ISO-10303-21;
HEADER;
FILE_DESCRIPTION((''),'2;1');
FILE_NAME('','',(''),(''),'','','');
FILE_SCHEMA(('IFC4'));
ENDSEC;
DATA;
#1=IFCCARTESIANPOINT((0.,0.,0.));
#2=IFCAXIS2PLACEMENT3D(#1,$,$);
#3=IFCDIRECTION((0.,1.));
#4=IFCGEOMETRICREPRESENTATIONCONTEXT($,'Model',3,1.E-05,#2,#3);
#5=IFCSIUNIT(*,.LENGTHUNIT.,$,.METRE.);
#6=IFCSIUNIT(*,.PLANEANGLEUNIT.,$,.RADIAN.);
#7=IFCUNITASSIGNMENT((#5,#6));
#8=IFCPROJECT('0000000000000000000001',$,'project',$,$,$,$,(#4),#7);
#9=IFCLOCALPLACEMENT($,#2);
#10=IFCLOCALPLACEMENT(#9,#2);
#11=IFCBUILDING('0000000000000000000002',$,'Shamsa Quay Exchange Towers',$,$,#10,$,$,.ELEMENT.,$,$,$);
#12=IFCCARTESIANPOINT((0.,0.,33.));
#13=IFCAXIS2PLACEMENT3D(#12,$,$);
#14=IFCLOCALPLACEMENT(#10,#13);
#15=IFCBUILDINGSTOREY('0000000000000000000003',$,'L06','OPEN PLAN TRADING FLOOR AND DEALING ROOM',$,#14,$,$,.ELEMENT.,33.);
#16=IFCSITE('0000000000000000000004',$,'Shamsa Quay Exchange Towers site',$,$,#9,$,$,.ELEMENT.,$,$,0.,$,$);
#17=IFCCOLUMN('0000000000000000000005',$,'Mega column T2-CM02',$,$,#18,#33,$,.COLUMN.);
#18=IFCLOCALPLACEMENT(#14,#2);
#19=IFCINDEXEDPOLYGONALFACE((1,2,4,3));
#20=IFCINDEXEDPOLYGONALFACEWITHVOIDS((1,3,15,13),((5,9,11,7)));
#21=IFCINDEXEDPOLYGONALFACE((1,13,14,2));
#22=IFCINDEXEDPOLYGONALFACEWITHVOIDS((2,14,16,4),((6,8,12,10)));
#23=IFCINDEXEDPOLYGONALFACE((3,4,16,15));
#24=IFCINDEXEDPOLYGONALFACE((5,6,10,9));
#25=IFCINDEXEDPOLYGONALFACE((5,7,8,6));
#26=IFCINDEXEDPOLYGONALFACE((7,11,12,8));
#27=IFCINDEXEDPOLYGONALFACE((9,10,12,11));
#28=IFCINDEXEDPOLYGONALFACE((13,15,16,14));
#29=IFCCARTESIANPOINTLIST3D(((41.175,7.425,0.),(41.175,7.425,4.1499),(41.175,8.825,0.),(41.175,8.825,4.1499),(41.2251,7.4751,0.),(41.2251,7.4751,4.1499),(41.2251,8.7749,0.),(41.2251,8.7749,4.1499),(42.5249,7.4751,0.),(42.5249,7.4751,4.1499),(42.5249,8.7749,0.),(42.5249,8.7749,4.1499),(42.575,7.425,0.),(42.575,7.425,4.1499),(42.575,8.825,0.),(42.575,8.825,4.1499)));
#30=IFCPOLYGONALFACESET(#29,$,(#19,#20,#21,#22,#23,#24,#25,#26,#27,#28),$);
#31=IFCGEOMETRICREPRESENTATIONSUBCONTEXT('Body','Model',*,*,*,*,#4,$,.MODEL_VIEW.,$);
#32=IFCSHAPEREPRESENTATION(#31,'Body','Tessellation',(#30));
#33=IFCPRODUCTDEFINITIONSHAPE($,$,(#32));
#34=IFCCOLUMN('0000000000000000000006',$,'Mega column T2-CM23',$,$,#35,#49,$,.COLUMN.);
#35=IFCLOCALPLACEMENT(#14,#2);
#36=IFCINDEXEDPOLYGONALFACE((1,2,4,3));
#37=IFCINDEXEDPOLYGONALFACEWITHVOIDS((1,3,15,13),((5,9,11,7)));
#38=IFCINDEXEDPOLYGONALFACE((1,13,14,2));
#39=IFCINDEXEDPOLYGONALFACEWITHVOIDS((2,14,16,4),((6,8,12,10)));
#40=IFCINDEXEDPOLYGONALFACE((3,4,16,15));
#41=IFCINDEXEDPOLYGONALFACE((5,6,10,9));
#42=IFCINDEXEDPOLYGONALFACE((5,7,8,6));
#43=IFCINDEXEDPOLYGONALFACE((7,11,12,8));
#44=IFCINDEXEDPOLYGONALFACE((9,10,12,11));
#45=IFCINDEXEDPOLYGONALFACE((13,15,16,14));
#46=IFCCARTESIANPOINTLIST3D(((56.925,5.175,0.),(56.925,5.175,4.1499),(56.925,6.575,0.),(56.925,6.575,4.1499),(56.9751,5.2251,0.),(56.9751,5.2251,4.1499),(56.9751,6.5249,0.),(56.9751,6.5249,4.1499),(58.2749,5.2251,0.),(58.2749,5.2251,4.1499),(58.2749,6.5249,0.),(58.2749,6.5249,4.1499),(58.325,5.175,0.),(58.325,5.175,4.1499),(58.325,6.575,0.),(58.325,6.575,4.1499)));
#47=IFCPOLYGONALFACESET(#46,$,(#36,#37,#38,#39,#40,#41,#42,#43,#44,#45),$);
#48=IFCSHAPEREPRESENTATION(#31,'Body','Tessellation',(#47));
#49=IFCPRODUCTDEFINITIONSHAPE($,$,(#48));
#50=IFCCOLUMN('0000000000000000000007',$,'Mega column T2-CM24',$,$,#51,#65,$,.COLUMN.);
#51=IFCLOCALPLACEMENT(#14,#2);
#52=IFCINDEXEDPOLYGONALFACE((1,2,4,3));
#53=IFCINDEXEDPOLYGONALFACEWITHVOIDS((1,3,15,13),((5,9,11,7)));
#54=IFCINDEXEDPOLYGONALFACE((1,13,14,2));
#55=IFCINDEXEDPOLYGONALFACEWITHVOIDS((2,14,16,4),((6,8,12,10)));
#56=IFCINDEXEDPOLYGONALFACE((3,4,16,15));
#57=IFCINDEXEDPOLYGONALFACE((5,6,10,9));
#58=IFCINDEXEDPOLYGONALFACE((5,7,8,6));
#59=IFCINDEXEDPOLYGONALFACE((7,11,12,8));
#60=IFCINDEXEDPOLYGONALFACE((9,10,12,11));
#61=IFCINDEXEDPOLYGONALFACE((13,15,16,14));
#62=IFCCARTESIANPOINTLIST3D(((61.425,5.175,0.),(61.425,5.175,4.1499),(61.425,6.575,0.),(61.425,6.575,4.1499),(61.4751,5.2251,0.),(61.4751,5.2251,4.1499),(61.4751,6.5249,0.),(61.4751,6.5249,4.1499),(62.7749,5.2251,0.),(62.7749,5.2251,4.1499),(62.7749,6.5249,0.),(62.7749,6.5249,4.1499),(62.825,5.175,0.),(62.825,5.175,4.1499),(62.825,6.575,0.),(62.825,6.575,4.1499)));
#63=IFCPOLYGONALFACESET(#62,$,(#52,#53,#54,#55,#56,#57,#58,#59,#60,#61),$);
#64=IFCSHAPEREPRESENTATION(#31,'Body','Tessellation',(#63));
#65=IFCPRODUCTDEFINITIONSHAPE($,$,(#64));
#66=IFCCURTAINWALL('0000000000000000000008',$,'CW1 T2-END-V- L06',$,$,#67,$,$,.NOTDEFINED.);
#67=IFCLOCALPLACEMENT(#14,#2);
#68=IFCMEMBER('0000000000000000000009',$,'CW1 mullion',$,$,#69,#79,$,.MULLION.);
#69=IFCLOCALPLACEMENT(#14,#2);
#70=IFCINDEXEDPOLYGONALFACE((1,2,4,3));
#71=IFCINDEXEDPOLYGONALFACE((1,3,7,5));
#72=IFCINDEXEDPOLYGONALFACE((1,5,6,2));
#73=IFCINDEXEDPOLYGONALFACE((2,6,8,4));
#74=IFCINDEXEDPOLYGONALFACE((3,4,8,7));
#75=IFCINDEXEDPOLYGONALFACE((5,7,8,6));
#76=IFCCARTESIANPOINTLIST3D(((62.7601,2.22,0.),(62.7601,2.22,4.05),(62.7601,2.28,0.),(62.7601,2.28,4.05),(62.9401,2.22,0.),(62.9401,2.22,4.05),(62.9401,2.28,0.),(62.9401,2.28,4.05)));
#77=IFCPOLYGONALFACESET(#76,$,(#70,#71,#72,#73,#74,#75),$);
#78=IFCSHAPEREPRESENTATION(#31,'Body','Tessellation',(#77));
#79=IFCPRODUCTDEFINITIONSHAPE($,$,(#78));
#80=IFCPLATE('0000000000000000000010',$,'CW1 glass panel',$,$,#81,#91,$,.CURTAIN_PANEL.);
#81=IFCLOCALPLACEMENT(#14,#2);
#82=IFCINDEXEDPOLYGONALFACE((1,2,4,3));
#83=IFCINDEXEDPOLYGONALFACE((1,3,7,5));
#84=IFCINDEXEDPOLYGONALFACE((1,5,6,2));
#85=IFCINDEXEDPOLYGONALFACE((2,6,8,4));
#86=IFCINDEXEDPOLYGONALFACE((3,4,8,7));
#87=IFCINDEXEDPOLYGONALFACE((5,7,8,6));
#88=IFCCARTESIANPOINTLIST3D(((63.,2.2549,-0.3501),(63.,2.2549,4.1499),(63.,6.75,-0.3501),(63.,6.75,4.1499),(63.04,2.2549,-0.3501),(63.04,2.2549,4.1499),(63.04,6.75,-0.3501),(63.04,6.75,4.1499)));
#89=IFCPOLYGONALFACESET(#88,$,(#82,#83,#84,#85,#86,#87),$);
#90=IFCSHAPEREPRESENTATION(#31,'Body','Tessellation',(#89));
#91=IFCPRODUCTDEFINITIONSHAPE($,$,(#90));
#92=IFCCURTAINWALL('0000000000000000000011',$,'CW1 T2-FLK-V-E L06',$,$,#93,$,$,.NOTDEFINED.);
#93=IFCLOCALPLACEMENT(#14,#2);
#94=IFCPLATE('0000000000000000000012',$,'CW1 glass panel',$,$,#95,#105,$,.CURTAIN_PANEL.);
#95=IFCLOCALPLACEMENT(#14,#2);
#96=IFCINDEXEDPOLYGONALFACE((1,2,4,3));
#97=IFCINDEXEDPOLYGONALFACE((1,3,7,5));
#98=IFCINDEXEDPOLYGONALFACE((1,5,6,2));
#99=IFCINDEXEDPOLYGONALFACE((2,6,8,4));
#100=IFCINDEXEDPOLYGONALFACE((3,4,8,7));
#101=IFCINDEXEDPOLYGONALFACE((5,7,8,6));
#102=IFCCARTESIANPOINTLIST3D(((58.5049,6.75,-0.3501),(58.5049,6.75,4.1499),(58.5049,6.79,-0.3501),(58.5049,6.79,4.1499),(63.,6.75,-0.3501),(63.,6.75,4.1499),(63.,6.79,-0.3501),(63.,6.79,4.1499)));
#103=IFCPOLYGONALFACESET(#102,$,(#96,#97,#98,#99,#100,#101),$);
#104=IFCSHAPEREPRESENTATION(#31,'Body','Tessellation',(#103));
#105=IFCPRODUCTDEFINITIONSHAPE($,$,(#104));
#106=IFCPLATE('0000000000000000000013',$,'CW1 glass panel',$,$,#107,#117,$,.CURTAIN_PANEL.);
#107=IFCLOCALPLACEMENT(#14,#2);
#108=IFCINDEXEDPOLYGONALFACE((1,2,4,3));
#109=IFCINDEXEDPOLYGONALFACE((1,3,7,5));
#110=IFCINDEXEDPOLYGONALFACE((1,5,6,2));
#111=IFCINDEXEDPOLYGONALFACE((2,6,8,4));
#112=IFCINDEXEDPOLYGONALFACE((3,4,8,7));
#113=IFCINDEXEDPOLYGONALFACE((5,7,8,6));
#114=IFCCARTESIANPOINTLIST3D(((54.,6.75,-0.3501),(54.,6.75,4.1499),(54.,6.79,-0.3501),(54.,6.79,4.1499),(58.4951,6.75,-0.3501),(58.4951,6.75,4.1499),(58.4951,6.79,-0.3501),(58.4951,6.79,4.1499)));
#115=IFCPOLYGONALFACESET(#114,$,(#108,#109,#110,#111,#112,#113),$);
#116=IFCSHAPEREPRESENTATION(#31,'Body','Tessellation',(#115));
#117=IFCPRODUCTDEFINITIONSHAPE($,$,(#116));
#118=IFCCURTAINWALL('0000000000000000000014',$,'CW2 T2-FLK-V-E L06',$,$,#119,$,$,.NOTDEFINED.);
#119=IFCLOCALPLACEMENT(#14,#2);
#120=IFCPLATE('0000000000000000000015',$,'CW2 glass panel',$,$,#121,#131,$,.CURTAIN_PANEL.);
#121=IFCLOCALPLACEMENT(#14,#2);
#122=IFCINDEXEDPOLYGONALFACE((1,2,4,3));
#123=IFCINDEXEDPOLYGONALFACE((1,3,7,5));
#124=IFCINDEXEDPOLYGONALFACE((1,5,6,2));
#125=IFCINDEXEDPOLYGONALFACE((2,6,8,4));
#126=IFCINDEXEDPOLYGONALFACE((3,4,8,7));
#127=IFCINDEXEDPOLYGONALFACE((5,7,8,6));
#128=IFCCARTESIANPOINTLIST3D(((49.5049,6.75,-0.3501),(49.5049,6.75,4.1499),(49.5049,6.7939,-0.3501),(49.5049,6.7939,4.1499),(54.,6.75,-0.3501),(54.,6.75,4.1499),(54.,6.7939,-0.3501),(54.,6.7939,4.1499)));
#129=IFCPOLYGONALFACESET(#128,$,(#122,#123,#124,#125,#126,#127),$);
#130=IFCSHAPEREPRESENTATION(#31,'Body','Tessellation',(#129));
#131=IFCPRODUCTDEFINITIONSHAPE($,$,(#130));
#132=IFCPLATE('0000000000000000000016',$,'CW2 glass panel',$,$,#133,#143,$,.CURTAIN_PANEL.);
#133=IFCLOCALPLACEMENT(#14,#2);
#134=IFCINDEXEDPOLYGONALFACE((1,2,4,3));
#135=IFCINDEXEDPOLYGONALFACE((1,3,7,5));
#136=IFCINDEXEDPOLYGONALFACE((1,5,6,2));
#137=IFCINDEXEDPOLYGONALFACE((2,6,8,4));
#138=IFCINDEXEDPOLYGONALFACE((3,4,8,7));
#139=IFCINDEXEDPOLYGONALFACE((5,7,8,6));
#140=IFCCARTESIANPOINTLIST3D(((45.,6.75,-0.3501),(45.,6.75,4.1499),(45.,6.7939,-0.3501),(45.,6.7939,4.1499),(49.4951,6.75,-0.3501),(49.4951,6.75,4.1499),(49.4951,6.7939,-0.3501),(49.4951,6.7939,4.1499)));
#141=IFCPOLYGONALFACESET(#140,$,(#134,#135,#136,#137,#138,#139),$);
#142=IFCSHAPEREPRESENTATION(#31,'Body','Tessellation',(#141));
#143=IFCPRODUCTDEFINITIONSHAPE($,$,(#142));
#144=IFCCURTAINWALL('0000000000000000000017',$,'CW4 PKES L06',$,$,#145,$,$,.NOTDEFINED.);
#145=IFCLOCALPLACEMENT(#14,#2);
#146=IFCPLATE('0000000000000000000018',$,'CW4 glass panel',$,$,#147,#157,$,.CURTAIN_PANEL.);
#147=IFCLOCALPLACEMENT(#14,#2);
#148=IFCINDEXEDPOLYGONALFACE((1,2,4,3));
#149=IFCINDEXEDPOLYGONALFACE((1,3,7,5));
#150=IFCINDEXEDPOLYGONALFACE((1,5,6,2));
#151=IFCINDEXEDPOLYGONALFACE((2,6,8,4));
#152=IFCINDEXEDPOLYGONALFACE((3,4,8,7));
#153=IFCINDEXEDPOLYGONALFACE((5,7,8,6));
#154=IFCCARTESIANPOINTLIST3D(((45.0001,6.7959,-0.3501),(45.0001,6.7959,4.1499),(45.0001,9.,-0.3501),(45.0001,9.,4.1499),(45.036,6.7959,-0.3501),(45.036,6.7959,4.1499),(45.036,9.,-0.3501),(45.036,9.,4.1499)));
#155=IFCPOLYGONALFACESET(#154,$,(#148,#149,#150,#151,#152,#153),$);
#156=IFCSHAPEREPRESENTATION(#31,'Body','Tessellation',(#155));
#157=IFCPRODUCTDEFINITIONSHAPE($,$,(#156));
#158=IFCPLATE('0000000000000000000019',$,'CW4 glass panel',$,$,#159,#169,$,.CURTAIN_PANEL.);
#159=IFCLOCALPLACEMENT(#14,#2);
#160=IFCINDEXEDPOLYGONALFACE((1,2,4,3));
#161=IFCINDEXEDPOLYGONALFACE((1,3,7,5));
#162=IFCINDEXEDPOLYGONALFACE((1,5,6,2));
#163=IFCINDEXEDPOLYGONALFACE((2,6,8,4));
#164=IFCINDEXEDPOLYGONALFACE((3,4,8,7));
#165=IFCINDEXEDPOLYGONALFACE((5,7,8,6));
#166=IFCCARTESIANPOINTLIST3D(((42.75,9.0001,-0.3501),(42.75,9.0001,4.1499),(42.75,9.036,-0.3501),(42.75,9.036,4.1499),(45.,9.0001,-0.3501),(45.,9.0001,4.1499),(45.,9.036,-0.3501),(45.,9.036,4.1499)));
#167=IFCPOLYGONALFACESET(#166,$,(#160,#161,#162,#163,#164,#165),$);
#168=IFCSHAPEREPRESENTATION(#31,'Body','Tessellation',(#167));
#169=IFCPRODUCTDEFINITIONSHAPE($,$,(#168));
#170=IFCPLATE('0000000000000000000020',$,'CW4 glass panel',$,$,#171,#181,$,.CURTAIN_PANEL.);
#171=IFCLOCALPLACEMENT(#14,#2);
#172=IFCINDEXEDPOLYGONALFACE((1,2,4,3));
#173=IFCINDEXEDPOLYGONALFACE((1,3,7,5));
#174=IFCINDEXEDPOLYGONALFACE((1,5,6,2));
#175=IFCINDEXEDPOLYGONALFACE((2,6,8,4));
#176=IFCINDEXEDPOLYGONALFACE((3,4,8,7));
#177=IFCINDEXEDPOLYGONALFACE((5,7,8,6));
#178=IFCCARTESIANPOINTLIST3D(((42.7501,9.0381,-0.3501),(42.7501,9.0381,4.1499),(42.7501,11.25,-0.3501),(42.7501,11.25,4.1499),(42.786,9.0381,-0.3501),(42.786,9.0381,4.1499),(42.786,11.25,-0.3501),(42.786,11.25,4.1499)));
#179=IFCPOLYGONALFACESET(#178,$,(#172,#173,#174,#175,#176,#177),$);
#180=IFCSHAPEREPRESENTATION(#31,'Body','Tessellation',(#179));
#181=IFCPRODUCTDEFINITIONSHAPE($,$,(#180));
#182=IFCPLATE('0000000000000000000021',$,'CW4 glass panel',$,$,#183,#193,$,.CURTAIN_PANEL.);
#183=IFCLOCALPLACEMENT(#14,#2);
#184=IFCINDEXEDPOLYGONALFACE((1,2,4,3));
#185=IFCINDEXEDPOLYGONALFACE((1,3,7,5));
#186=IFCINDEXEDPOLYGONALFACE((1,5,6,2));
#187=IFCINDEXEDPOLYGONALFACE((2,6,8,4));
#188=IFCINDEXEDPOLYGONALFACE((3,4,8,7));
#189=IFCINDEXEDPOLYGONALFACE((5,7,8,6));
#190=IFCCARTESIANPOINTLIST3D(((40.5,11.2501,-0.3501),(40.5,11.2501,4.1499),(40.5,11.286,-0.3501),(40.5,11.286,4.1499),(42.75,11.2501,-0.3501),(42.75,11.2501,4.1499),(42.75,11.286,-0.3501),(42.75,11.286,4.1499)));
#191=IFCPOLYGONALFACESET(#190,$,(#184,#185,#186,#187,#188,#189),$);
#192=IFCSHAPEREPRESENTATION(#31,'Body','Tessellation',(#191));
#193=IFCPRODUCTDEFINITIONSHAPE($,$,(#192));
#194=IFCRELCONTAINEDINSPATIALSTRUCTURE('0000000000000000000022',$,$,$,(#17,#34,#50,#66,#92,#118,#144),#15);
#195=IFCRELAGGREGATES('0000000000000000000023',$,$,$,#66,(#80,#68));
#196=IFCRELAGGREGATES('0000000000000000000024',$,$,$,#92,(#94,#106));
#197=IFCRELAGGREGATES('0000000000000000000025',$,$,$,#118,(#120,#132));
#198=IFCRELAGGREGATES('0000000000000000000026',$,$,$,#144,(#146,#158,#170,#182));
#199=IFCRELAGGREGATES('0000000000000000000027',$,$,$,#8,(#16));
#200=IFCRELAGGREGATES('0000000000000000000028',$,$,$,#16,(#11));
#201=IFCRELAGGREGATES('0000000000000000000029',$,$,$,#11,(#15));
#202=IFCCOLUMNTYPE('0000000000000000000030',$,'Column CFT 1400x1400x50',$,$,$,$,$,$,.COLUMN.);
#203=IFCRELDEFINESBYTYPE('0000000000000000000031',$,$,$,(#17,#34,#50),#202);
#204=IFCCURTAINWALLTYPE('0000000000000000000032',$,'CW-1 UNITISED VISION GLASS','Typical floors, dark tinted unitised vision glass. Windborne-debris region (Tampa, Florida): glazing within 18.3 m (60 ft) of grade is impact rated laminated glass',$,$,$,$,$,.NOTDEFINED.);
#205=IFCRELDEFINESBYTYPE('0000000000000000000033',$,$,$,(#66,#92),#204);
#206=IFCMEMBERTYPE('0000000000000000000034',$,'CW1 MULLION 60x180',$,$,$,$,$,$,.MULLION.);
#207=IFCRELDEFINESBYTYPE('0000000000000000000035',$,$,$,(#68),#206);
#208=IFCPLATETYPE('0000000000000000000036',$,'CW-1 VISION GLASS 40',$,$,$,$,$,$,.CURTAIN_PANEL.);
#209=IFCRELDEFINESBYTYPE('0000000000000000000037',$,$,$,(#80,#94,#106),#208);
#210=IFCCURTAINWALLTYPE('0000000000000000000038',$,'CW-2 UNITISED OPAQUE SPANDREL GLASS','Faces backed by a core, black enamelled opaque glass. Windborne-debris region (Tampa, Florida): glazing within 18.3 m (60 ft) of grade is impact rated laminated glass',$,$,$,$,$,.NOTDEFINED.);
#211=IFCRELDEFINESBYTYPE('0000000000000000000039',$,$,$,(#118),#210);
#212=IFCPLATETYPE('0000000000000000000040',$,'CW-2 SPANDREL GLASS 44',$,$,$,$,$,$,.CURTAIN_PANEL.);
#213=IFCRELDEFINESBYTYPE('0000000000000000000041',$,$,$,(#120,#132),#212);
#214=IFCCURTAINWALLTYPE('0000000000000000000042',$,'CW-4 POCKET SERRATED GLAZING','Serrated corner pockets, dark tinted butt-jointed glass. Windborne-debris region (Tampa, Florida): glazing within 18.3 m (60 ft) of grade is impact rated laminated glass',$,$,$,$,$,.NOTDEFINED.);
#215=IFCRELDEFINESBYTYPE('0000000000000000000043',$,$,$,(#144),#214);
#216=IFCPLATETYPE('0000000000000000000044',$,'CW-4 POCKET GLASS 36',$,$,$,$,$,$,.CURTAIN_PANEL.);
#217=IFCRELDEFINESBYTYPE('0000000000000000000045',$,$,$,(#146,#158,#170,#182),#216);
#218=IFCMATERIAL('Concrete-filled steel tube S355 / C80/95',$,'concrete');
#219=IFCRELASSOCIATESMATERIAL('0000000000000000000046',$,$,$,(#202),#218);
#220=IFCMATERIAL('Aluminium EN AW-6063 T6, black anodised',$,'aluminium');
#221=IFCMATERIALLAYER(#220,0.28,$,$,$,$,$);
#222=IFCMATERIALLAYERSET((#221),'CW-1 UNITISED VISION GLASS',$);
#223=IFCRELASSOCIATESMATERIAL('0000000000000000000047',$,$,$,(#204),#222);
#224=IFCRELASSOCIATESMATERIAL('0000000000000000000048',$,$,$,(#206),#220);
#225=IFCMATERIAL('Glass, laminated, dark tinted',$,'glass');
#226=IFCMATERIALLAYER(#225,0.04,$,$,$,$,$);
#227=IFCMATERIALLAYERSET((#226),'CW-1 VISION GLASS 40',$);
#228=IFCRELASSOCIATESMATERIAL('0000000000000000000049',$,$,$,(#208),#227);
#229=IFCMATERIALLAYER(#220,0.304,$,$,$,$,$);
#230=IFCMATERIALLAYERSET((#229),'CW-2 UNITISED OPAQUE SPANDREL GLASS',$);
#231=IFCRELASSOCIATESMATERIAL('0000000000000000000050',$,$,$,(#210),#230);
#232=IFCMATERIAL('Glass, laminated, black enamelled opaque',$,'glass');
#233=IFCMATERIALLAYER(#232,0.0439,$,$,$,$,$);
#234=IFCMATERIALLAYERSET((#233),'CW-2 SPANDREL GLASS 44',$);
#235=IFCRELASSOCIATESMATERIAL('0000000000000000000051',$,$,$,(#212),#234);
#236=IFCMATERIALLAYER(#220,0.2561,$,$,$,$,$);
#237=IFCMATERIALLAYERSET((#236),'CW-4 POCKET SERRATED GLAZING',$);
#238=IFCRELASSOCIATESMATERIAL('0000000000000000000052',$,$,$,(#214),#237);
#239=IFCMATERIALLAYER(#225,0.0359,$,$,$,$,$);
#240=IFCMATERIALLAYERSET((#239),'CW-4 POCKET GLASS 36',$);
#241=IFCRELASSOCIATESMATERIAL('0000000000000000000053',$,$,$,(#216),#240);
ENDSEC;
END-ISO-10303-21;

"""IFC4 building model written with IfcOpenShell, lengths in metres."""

from ifc_helpers import new_model, si_unit, direction, frame, origin, origin_2d, place, context, subcontext, project, spatial, rectangle, hollow_rectangle, extrude, material, layer, layer_set, material_profile, profile_set, type_object, element, aggregate, save


model = new_model("IFC4")

# Units and contexts
model_context = context("Model", 3, precision=1e-05, world=origin(), true_north=direction((0.0, 1.0)))
body_context = subcontext(model_context, "Body", "Model", "MODEL_VIEW")
ifc_project = project(units=[si_unit("LENGTHUNIT", "METRE"), si_unit("PLANEANGLEUNIT", "RADIAN")], contexts=[model_context])

# Site, building, storey
site_placement = place(None, origin())
site = spatial("IfcSite", under=ifc_project, at=site_placement, Name="Shamsa Quay Exchange Towers site", CompositionType="ELEMENT", RefElevation=0.0)
building_placement = place(site_placement, origin())
building = spatial("IfcBuilding", under=site, at=building_placement, Name="Shamsa Quay Exchange Towers", CompositionType="ELEMENT")
storey_placement = place(building_placement, frame((0.0, 0.0, 33.0)))
storey = spatial("IfcBuildingStorey", under=building, at=storey_placement, Name="L06", Description="OPEN PLAN TRADING FLOOR AND DEALING ROOM", CompositionType="ELEMENT", Elevation=33.0)

# Columns
ifc_material_1 = material(Name="Concrete-filled steel tube S355 / C80/95", Category="concrete")
ifc_material_profile_1 = material_profile(ifc_material_1, hollow_rectangle(XDim=1.3999, YDim=1.3999, WallThickness=0.05, at=origin_2d()), Name="CFT 1400x1400x50")
ifc_profile_set_1 = profile_set([ifc_material_profile_1], Name="Concrete-filled steel tube S355 / C80/95")
column_type = type_object("IfcColumnType", Name="Column CFT 1400x1400x50", PredefinedType="COLUMN", material=ifc_profile_set_1)
for number, where, name in (
    (1, (41.875, 8.125, 0.0), "Mega column T2-CM02"),
    (2, (57.625, 5.875, 0.0), "Mega column T2-CM23"),
    (3, (62.125, 5.875, 0.0), "Mega column T2-CM24"),
):
    element("IfcColumn", number, at=place(storey_placement, frame(where)), inside=storey, type_object=column_type, Name=name, PredefinedType="COLUMN", context=body_context, shape_type="SweptSolid", body=[
        extrude(hollow_rectangle(XDim=1.3999, YDim=1.3999, WallThickness=0.05, at=origin_2d()), origin(), (0.0, 0.0, 1.0), 4.1499),
    ])

# Curtain wall, member, plate
ifc_material_2 = material(Name="Aluminium EN AW-6063 T6, black anodised", Category="aluminium")
ifc_layer_1 = layer(ifc_material_2, 0.28)
ifc_layer_set_1 = layer_set([ifc_layer_1], Name="CW-1 UNITISED VISION GLASS")
curtain_wall_type_1 = type_object("IfcCurtainWallType", Name="CW-1 UNITISED VISION GLASS", Description="Typical floors, dark tinted unitised vision glass. Windborne-debris region (Tampa, Florida): glazing within 18.3 m (60 ft) of grade is impact rated laminated glass", PredefinedType="NOTDEFINED", material=ifc_layer_set_1)
curtain_wall_1_placement = place(storey_placement, origin())
curtain_wall_1 = element("IfcCurtainWall", 4, at=curtain_wall_1_placement, inside=storey, type_object=curtain_wall_type_1, Name="CW1 T2-END-V- L06", PredefinedType="NOTDEFINED")
ifc_material_profile_2 = material_profile(ifc_material_2, rectangle(XDim=0.1799, YDim=0.0601, at=origin_2d()), Name="MU60x180")
ifc_profile_set_2 = profile_set([ifc_material_profile_2], Name="Aluminium EN AW-6063 T6, black anodised")
member_type = type_object("IfcMemberType", Name="CW1 MULLION 60x180", PredefinedType="MULLION", material=ifc_profile_set_2)
member_placement = place(storey_placement, frame((62.8501, 2.25, 0.0), z_axis=(0.0, 0.0, 1.0), x_axis=(-1.0, 0.0, 0.0)))
member = element("IfcMember", 5, at=member_placement, type_object=member_type, Name="CW1 mullion", PredefinedType="MULLION", context=body_context, shape_type="SweptSolid", body=[
    extrude(rectangle(XDim=0.1799, YDim=0.0601, at=origin_2d()), origin(), (0.0, 0.0, 1.0), 4.05),
])
ifc_material_3 = material(Name="Glass, laminated, dark tinted", Category="glass")
ifc_layer_2 = layer(ifc_material_3, 0.04)
ifc_layer_set_2 = layer_set([ifc_layer_2], Name="CW-1 VISION GLASS 40")
plate_type_1 = type_object("IfcPlateType", Name="CW-1 VISION GLASS 40", PredefinedType="CURTAIN_PANEL", material=ifc_layer_set_2)
plate_1_placement = place(storey_placement, frame((63.02, 4.5024, -0.3501), z_axis=(0.0, 0.0, 1.0), x_axis=(0.0, 1.0, 0.0)))
plate_1 = element("IfcPlate", 6, at=plate_1_placement, type_object=plate_type_1, Name="CW1 glass panel", PredefinedType="CURTAIN_PANEL", context=body_context, shape_type="SweptSolid", body=[
    extrude(rectangle(XDim=4.4951, YDim=0.04, at=origin_2d()), origin(), (0.0, 0.0, 1.0), 4.5),
])
aggregate(curtain_wall_1, [plate_1, member])

# Curtain walls, plates
curtain_wall_2_placement = place(storey_placement, origin())
curtain_wall_2 = element("IfcCurtainWall", 7, at=curtain_wall_2_placement, inside=storey, type_object=curtain_wall_type_1, Name="CW1 T2-FLK-V-E L06", PredefinedType="NOTDEFINED")
plate_2_placement = place(storey_placement, frame((60.7524, 6.77, -0.3501), z_axis=(0.0, 0.0, 1.0), x_axis=(-1.0, 0.0, 0.0)))
plate_2 = element("IfcPlate", 8, at=plate_2_placement, type_object=plate_type_1, Name="CW1 glass panel", PredefinedType="CURTAIN_PANEL", context=body_context, shape_type="SweptSolid", body=[
    extrude(rectangle(XDim=4.4951, YDim=0.04, at=origin_2d()), origin(), (0.0, 0.0, 1.0), 4.5),
])
plate_3_placement = place(storey_placement, frame((56.2476, 6.77, -0.3501), z_axis=(0.0, 0.0, 1.0), x_axis=(-1.0, 0.0, 0.0)))
plate_3 = element("IfcPlate", 9, at=plate_3_placement, type_object=plate_type_1, Name="CW1 glass panel", PredefinedType="CURTAIN_PANEL", context=body_context, shape_type="SweptSolid", body=[
    extrude(rectangle(XDim=4.4951, YDim=0.04, at=origin_2d()), origin(), (0.0, 0.0, 1.0), 4.5),
])
aggregate(curtain_wall_2, [plate_2, plate_3])
ifc_layer_3 = layer(ifc_material_2, 0.304)
ifc_layer_set_3 = layer_set([ifc_layer_3], Name="CW-2 UNITISED OPAQUE SPANDREL GLASS")
curtain_wall_type_2 = type_object("IfcCurtainWallType", Name="CW-2 UNITISED OPAQUE SPANDREL GLASS", Description="Faces backed by a core, black enamelled opaque glass. Windborne-debris region (Tampa, Florida): glazing within 18.3 m (60 ft) of grade is impact rated laminated glass", PredefinedType="NOTDEFINED", material=ifc_layer_set_3)
curtain_wall_3_placement = place(storey_placement, origin())
curtain_wall_3 = element("IfcCurtainWall", 10, at=curtain_wall_3_placement, inside=storey, type_object=curtain_wall_type_2, Name="CW2 T2-FLK-V-E L06", PredefinedType="NOTDEFINED")
ifc_material_4 = material(Name="Glass, laminated, black enamelled opaque", Category="glass")
ifc_layer_4 = layer(ifc_material_4, 0.0439)
ifc_layer_set_4 = layer_set([ifc_layer_4], Name="CW-2 SPANDREL GLASS 44")
plate_type_2 = type_object("IfcPlateType", Name="CW-2 SPANDREL GLASS 44", PredefinedType="CURTAIN_PANEL", material=ifc_layer_set_4)
plate_4_placement = place(storey_placement, frame((51.7524, 6.772, -0.3501), z_axis=(0.0, 0.0, 1.0), x_axis=(-1.0, 0.0, 0.0)))
plate_4 = element("IfcPlate", 11, at=plate_4_placement, type_object=plate_type_2, Name="CW2 glass panel", PredefinedType="CURTAIN_PANEL", context=body_context, shape_type="SweptSolid", body=[
    extrude(rectangle(XDim=4.4951, YDim=0.0439, at=origin_2d()), origin(), (0.0, 0.0, 1.0), 4.5),
])
plate_5_placement = place(storey_placement, frame((47.2476, 6.772, -0.3501), z_axis=(0.0, 0.0, 1.0), x_axis=(-1.0, 0.0, 0.0)))
plate_5 = element("IfcPlate", 12, at=plate_5_placement, type_object=plate_type_2, Name="CW2 glass panel", PredefinedType="CURTAIN_PANEL", context=body_context, shape_type="SweptSolid", body=[
    extrude(rectangle(XDim=4.4951, YDim=0.0439, at=origin_2d()), origin(), (0.0, 0.0, 1.0), 4.5),
])
aggregate(curtain_wall_3, [plate_4, plate_5])
ifc_layer_5 = layer(ifc_material_2, 0.2561)
ifc_layer_set_5 = layer_set([ifc_layer_5], Name="CW-4 POCKET SERRATED GLAZING")
curtain_wall_type_3 = type_object("IfcCurtainWallType", Name="CW-4 POCKET SERRATED GLAZING", Description="Serrated corner pockets, dark tinted butt-jointed glass. Windborne-debris region (Tampa, Florida): glazing within 18.3 m (60 ft) of grade is impact rated laminated glass", PredefinedType="NOTDEFINED", material=ifc_layer_set_5)
curtain_wall_4_placement = place(storey_placement, origin())
curtain_wall_4 = element("IfcCurtainWall", 13, at=curtain_wall_4_placement, inside=storey, type_object=curtain_wall_type_3, Name="CW4 PKES L06", PredefinedType="NOTDEFINED")
ifc_layer_6 = layer(ifc_material_3, 0.0359)
ifc_layer_set_6 = layer_set([ifc_layer_6], Name="CW-4 POCKET GLASS 36")
plate_type_3 = type_object("IfcPlateType", Name="CW-4 POCKET GLASS 36", PredefinedType="CURTAIN_PANEL", material=ifc_layer_set_6)
plate_6_placement = place(storey_placement, frame((45.0181, 7.8979, -0.3501), z_axis=(0.0, 0.0, 1.0), x_axis=(0.0, 1.0, 0.0)))
plate_6 = element("IfcPlate", 14, at=plate_6_placement, type_object=plate_type_3, Name="CW4 glass panel", PredefinedType="CURTAIN_PANEL", context=body_context, shape_type="SweptSolid", body=[
    extrude(rectangle(XDim=2.2041, YDim=0.0359, at=origin_2d()), origin(), (0.0, 0.0, 1.0), 4.5),
])
plate_7_placement = place(storey_placement, frame((43.875, 9.0181, -0.3501), z_axis=(0.0, 0.0, 1.0), x_axis=(-1.0, 0.0, 0.0)))
plate_7 = element("IfcPlate", 15, at=plate_7_placement, type_object=plate_type_3, Name="CW4 glass panel", PredefinedType="CURTAIN_PANEL", context=body_context, shape_type="SweptSolid", body=[
    extrude(rectangle(XDim=2.25, YDim=0.0359, at=origin_2d()), origin(), (0.0, 0.0, 1.0), 4.5),
])
plate_8_placement = place(storey_placement, frame((42.7681, 10.144, -0.3501), z_axis=(0.0, 0.0, 1.0), x_axis=(0.0, 1.0, 0.0)))
plate_8 = element("IfcPlate", 16, at=plate_8_placement, type_object=plate_type_3, Name="CW4 glass panel", PredefinedType="CURTAIN_PANEL", context=body_context, shape_type="SweptSolid", body=[
    extrude(rectangle(XDim=2.2119, YDim=0.0359, at=origin_2d()), origin(), (0.0, 0.0, 1.0), 4.5),
])
plate_9_placement = place(storey_placement, frame((41.625, 11.2681, -0.3501), z_axis=(0.0, 0.0, 1.0), x_axis=(-1.0, 0.0, 0.0)))
plate_9 = element("IfcPlate", 17, at=plate_9_placement, type_object=plate_type_3, Name="CW4 glass panel", PredefinedType="CURTAIN_PANEL", context=body_context, shape_type="SweptSolid", body=[
    extrude(rectangle(XDim=2.25, YDim=0.0359, at=origin_2d()), origin(), (0.0, 0.0, 1.0), 4.5),
])
aggregate(curtain_wall_4, [plate_6, plate_7, plate_8, plate_9])

save(model, "model.ifc")
